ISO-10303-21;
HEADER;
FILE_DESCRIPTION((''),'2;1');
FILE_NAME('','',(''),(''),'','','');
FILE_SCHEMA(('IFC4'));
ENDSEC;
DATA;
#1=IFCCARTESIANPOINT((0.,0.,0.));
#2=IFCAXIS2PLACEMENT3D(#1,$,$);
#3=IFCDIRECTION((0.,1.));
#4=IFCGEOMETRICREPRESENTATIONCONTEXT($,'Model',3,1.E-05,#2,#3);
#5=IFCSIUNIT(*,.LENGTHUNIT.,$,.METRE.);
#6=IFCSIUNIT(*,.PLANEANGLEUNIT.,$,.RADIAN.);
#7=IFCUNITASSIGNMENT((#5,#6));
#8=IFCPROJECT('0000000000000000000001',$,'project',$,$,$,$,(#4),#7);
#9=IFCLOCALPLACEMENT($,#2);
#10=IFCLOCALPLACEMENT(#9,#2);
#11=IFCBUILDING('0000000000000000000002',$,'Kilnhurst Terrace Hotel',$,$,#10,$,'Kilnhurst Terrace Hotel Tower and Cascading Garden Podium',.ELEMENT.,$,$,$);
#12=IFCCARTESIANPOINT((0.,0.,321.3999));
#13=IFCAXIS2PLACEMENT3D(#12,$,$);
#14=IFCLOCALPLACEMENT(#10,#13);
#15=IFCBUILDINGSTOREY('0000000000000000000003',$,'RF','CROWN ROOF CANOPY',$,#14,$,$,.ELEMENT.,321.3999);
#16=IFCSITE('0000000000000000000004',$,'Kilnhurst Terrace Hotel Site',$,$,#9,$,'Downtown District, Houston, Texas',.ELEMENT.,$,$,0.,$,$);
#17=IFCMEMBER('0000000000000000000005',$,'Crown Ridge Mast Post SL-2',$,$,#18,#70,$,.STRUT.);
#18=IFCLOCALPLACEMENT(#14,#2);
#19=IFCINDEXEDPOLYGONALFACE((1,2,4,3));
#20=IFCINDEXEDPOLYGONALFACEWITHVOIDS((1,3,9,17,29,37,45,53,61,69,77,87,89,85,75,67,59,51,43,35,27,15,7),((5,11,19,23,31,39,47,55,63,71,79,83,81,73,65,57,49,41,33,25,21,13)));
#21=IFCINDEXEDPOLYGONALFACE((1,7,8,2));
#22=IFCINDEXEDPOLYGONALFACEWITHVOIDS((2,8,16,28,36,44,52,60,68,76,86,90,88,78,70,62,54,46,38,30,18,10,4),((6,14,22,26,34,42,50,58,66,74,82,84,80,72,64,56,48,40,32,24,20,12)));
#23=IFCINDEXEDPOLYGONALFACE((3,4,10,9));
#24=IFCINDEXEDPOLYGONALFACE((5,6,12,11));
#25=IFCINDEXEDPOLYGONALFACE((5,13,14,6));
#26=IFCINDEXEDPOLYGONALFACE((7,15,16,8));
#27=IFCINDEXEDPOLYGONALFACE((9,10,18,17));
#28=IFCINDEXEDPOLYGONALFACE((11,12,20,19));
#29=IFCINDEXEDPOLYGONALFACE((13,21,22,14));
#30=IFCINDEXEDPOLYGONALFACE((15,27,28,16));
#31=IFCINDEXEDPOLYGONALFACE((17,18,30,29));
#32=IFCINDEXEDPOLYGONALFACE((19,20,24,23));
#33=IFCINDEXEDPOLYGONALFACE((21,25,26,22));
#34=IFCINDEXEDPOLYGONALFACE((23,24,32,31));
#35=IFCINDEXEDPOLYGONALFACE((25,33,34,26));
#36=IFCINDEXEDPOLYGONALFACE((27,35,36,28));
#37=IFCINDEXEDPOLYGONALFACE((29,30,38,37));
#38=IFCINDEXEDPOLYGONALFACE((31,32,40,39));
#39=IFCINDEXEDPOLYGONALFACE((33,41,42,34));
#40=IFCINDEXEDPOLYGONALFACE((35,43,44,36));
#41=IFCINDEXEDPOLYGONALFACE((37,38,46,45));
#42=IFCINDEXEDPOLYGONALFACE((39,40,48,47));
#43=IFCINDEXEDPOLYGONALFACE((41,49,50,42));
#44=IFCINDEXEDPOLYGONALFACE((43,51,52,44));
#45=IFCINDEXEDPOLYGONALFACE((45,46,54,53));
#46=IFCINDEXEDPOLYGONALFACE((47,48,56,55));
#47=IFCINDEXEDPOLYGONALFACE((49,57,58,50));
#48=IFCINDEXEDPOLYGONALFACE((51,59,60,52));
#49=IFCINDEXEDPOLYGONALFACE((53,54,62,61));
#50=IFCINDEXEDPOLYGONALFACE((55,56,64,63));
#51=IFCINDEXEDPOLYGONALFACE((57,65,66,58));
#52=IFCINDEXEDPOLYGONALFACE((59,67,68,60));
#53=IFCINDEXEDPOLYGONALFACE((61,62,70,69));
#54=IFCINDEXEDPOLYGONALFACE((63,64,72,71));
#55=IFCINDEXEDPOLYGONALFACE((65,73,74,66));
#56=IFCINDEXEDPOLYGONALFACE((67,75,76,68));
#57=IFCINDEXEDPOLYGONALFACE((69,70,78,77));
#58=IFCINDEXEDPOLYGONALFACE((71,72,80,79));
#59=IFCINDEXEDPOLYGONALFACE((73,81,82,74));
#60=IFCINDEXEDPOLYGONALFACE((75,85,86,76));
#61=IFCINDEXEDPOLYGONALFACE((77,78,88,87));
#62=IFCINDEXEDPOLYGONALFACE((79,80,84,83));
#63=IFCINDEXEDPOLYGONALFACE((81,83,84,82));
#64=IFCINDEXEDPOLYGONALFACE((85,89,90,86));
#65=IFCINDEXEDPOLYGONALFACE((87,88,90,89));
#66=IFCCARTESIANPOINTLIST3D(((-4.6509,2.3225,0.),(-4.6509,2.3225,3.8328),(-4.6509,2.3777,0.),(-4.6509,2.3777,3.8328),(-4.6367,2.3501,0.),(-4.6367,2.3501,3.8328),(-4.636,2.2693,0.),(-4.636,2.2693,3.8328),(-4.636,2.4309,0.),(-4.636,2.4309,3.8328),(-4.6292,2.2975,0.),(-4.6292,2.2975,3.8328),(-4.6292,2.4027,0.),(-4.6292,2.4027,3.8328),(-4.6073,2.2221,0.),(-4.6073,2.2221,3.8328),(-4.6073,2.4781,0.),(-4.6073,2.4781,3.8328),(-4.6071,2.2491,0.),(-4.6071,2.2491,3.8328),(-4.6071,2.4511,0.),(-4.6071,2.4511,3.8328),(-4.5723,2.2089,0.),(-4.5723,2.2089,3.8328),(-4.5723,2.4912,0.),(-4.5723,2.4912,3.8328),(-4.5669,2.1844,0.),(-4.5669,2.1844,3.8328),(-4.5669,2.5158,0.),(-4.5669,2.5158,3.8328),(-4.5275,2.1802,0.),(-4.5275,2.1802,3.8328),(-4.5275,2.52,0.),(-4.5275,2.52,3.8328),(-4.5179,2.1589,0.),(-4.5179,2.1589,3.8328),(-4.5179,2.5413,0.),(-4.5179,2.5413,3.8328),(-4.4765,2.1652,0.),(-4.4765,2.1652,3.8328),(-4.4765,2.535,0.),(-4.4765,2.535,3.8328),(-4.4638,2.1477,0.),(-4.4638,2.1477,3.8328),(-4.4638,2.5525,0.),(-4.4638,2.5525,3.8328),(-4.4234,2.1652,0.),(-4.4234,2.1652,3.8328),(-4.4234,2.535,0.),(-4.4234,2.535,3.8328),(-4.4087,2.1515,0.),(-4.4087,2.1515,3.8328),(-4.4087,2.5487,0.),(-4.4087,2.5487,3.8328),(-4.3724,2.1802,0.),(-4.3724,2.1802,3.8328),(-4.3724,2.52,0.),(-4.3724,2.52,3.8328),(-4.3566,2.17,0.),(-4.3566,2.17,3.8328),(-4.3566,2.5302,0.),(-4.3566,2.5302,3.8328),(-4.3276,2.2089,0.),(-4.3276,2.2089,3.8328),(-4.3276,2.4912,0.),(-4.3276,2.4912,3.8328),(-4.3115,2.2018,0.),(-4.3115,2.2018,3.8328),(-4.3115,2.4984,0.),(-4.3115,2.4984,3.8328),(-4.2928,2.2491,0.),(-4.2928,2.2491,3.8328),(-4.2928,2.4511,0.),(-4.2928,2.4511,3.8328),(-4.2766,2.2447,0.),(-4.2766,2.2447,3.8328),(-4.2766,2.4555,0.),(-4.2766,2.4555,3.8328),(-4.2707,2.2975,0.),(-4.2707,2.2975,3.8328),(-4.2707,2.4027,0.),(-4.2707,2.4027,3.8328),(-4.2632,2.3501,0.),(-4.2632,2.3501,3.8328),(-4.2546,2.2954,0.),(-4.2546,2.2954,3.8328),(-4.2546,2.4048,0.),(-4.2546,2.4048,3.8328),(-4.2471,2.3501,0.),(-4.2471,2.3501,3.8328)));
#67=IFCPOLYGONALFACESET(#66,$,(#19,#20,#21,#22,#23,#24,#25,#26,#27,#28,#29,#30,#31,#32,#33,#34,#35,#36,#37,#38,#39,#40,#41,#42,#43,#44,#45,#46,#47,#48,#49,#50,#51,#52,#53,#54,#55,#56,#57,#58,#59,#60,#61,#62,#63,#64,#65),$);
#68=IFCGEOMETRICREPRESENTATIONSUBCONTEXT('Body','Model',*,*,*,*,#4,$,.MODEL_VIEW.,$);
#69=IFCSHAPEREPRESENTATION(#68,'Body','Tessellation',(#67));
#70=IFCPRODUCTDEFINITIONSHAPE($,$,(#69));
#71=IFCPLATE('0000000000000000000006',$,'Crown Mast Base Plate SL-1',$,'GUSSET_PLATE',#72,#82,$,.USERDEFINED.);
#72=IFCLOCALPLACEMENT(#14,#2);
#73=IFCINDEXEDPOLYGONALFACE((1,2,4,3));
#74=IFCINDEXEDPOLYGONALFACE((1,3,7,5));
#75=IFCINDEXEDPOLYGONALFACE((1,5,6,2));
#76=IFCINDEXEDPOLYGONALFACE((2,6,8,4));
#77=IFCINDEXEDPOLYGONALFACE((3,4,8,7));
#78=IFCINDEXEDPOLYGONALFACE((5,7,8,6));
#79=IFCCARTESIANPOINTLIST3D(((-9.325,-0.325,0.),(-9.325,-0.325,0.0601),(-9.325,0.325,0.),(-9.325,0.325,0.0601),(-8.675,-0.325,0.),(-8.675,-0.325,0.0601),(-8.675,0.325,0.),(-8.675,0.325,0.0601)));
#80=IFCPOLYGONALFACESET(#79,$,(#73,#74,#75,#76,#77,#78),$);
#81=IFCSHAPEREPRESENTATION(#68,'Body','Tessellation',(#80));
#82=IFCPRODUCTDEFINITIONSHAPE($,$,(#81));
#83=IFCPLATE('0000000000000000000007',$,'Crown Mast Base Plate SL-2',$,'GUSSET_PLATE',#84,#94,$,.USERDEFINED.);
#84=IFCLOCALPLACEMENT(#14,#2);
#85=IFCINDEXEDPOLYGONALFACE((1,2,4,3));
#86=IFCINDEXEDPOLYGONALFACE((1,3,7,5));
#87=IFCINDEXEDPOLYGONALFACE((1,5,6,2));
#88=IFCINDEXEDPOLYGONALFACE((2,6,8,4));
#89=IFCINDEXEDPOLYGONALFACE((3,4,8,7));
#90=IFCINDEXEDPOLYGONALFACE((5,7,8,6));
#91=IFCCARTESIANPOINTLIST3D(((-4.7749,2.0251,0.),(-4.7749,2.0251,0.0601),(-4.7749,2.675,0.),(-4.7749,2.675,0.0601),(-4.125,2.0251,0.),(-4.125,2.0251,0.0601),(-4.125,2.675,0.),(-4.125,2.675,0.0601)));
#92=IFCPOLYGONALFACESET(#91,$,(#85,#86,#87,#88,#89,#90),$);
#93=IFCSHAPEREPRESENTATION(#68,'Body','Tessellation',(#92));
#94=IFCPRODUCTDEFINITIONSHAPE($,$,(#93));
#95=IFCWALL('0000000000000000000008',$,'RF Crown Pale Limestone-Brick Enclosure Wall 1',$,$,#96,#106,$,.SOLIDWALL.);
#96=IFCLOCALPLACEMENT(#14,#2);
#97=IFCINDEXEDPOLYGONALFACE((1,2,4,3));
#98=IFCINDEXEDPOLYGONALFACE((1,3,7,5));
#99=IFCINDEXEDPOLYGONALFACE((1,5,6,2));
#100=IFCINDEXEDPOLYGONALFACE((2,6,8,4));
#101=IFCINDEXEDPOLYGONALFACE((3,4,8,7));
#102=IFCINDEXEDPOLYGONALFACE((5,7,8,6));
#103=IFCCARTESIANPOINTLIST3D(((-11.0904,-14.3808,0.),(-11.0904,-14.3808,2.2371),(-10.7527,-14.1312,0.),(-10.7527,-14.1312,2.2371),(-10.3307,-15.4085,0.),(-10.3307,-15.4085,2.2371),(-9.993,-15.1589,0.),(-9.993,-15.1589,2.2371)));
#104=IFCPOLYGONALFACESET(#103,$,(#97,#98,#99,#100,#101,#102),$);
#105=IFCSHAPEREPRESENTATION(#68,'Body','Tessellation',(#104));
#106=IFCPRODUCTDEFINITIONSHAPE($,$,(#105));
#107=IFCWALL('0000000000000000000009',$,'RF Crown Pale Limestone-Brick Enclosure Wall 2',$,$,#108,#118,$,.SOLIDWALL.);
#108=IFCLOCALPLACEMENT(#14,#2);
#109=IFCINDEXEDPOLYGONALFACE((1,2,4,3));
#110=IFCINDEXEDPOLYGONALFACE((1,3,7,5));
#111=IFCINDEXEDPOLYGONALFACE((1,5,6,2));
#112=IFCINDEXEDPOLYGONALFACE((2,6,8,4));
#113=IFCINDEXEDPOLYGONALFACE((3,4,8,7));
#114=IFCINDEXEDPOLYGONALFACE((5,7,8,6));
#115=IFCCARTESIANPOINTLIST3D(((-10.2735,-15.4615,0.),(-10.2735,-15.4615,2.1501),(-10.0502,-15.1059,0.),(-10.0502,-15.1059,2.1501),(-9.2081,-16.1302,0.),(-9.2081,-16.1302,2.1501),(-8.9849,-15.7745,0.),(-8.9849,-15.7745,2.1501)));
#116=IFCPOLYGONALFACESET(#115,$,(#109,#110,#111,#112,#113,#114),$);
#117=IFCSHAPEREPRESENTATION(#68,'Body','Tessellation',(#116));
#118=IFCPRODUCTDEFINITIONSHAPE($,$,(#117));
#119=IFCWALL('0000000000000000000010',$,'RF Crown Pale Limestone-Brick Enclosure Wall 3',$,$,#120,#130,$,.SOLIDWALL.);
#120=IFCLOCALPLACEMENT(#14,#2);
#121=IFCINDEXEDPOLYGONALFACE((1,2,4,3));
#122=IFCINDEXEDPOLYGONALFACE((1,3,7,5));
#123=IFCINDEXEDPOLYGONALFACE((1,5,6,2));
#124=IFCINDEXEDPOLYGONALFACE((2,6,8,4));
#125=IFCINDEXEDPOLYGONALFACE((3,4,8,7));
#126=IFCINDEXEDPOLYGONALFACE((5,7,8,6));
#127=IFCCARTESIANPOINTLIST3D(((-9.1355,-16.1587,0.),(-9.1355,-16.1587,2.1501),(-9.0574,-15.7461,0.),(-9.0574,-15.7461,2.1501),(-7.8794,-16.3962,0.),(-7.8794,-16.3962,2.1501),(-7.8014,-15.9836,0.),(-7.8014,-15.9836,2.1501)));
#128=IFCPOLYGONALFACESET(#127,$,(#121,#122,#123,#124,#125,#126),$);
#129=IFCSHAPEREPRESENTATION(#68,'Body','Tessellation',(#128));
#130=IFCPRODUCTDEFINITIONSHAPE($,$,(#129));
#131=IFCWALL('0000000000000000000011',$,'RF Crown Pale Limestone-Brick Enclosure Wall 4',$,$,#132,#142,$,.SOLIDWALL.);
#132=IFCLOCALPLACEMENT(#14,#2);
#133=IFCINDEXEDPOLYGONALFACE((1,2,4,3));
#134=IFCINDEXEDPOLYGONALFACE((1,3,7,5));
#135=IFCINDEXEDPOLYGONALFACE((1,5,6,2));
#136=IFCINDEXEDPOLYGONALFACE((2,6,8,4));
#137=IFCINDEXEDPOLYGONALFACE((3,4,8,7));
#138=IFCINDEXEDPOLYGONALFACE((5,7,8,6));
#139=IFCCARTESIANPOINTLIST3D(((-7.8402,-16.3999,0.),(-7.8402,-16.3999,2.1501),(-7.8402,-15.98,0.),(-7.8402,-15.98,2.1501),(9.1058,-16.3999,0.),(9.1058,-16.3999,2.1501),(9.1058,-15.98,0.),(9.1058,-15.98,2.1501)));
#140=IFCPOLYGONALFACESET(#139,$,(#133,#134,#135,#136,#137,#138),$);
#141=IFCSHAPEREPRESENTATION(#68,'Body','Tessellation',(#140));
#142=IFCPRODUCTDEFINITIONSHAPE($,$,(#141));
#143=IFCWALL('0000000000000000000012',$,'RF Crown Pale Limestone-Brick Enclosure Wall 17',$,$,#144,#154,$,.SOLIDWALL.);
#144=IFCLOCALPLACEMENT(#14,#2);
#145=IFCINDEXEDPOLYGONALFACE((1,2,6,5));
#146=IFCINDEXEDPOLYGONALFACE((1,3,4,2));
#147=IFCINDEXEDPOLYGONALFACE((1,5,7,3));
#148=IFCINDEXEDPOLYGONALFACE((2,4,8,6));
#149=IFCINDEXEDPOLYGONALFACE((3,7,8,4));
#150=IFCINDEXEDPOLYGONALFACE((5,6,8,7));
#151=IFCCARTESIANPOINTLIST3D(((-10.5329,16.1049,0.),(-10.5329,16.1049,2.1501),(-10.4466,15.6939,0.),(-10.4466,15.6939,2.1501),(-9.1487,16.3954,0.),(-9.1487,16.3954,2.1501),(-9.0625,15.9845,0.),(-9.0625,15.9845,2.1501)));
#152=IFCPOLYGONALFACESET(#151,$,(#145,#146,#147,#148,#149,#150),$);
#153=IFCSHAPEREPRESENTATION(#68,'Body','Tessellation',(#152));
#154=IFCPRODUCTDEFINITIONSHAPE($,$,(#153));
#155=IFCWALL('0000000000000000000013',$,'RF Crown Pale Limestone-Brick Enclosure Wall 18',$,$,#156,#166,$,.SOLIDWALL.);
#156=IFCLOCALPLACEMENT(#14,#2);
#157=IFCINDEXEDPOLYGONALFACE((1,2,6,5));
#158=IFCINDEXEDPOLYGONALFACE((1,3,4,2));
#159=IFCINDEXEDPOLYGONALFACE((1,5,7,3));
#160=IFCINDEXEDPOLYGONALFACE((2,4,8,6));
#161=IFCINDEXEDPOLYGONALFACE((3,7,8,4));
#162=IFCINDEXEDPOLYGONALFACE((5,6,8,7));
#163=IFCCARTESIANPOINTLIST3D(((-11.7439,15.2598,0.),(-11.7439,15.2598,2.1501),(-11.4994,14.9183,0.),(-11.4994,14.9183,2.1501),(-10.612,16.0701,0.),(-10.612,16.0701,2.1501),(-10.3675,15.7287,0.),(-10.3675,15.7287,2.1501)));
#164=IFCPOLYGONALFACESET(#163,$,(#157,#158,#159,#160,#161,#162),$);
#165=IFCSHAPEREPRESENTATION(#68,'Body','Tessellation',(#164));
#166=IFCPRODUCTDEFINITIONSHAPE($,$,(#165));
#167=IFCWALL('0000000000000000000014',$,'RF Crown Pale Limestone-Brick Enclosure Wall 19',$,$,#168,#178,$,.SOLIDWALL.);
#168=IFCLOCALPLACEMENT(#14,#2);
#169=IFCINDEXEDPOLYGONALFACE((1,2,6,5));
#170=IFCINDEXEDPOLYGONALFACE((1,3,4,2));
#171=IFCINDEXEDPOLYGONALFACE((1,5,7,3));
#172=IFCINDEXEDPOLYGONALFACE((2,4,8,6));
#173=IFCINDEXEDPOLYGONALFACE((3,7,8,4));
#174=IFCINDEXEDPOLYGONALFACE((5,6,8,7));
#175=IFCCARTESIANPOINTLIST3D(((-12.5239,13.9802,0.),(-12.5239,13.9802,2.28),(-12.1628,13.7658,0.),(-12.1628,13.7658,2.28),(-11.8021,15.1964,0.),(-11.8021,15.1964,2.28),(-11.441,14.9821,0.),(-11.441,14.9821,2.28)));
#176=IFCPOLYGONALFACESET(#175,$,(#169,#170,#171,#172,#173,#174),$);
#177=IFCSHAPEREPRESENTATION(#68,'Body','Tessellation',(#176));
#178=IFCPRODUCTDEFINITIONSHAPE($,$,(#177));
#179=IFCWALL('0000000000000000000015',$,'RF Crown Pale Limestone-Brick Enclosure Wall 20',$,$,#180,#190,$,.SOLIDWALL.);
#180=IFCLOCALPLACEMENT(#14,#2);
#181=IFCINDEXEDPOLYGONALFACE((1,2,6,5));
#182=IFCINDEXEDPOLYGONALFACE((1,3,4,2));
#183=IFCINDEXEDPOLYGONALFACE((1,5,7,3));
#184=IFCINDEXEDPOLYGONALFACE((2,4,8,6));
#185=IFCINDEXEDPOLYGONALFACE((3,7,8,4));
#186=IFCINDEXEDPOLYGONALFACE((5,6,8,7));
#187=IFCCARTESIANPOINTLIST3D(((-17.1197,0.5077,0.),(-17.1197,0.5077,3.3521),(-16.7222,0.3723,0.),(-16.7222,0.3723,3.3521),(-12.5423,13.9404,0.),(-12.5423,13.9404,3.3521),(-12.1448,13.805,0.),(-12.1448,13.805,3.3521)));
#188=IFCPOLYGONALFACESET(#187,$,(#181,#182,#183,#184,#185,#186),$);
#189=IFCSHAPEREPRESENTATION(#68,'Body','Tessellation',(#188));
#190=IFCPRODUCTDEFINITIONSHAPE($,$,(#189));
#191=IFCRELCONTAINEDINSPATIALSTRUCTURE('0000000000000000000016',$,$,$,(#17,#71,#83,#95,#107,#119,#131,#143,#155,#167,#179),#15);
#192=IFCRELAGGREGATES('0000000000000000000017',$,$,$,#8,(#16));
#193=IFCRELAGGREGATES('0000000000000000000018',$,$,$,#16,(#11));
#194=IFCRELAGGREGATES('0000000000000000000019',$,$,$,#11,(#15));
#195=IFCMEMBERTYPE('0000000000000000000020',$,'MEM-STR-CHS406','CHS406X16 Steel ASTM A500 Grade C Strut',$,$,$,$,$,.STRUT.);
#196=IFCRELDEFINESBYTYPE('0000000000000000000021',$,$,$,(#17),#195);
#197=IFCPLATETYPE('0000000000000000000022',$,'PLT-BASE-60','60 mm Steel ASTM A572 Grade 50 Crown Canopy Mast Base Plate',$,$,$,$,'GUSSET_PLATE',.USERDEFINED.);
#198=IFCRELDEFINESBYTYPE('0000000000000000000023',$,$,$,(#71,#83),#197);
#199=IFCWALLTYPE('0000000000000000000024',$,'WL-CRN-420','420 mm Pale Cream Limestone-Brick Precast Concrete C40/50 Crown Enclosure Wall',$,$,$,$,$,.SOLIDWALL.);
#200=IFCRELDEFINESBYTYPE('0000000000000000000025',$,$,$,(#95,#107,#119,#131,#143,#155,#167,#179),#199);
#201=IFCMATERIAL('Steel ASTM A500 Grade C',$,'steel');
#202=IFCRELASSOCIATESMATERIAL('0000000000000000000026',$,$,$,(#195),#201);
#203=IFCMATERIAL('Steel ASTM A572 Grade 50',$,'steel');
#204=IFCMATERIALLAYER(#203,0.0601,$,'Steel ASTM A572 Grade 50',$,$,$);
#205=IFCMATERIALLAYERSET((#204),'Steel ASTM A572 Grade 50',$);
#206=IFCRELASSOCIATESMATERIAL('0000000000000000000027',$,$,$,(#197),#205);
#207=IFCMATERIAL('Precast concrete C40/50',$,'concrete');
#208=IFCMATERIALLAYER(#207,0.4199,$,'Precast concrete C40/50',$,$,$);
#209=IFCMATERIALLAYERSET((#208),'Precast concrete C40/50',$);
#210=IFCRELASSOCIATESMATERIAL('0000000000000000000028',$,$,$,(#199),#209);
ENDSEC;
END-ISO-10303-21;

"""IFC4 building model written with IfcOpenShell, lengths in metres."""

from ifc_helpers import new_model, si_unit, direction, frame, frame_2d, origin, origin_2d, place, context, subcontext, project, spatial, rectangle, hollow_circle, extrude, material, layer, layer_set, material_profile, profile_set, type_object, element, save


model = new_model("IFC4")

# Units and contexts
model_context = context("Model", 3, precision=1e-05, world=origin(), true_north=direction((0.0, 1.0)))
body_context = subcontext(model_context, "Body", "Model", "MODEL_VIEW")
ifc_project = project(units=[si_unit("LENGTHUNIT", "METRE"), si_unit("PLANEANGLEUNIT", "RADIAN")], contexts=[model_context])

# Site, building, storey
site_placement = place(None, origin())
site = spatial("IfcSite", under=ifc_project, at=site_placement, Name="Kilnhurst Terrace Hotel Site", LongName="Downtown District, Houston, Texas", CompositionType="ELEMENT", RefElevation=0.0)
building_placement = place(site_placement, origin())
building = spatial("IfcBuilding", under=site, at=building_placement, Name="Kilnhurst Terrace Hotel", LongName="Kilnhurst Terrace Hotel Tower and Cascading Garden Podium", CompositionType="ELEMENT")
storey_placement = place(building_placement, frame((0.0, 0.0, 321.3999)))
storey = spatial("IfcBuildingStorey", under=building, at=storey_placement, Name="RF", Description="CROWN ROOF CANOPY", CompositionType="ELEMENT", Elevation=321.3999)

# Member
ifc_material_1 = material(Name="Steel ASTM A500 Grade C", Category="steel")
ifc_material_profile_1 = material_profile(ifc_material_1, hollow_circle(Radius=0.2029, WallThickness=0.0161, at=origin_2d()), Name="CHS406X16")
ifc_profile_set_1 = profile_set([ifc_material_profile_1], Name="Steel ASTM A500 Grade C")
member_type_1 = type_object("IfcMemberType", Name="MEM-STR-CHS406", Description="CHS406X16 Steel ASTM A500 Grade C Strut", PredefinedType="STRUT", material=ifc_profile_set_1)
member_1_placement = place(storey_placement, frame((-4.45, 2.3501, 0.0), z_axis=(0.0, 0.0, 1.0), x_axis=(1.0, 0.0, 0.0)))
element("IfcMember", 1, at=member_1_placement, inside=storey, type_object=member_type_1, Name="Crown Ridge Mast Post SL-2", PredefinedType="STRUT", context=body_context, shape_type="SweptSolid", body=[
    extrude(hollow_circle(Radius=0.2029, WallThickness=0.0161, at=origin_2d()), origin(), (0.0, 0.0, 1.0), 3.8328),
])

# Plates
ifc_material_2 = material(Name="Steel ASTM A572 Grade 50", Category="steel")
ifc_layer_1 = layer(ifc_material_2, 0.0601, Name="Steel ASTM A572 Grade 50")
ifc_layer_set_1 = layer_set([ifc_layer_1], Name="Steel ASTM A572 Grade 50")
plate_type = type_object("IfcPlateType", Name="PLT-BASE-60", Description="60 mm Steel ASTM A572 Grade 50 Crown Canopy Mast Base Plate", ElementType="GUSSET_PLATE", PredefinedType="USERDEFINED", material=ifc_layer_set_1)
for number, where, z_axis, x_axis, name in (
    (2, (-9.0, 0.0, 0.0), (0.0, 0.0, 1.0), (1.0, 0.0, 0.0), "Crown Mast Base Plate SL-1"),
    (3, (-4.45, 2.3501, 0.0), (0.0, 0.0, 1.0), (1.0, 0.0, 0.0), "Crown Mast Base Plate SL-2"),
):
    element("IfcPlate", number, at=place(storey_placement, frame(where, z_axis=z_axis, x_axis=x_axis)), inside=storey, type_object=plate_type, Name=name, ObjectType="GUSSET_PLATE", PredefinedType="USERDEFINED", context=body_context, shape_type="SweptSolid", body=[
        extrude(rectangle(XDim=0.6499, YDim=0.6499, at=origin_2d()), origin(), (0.0, 0.0, 1.0), 0.0601),
    ])

# Shared definitions
ifc_material_3 = material(Name="Precast concrete C40/50", Category="concrete")

# Walls
ifc_layer_2 = layer(ifc_material_3, 0.4199, Name="Precast concrete C40/50")
ifc_layer_set_2 = layer_set([ifc_layer_2], Name="Precast concrete C40/50")
wall_type = type_object("IfcWallType", Name="WL-CRN-420", Description="420 mm Pale Cream Limestone-Brick Precast Concrete C40/50 Crown Enclosure Wall", PredefinedType="SOLIDWALL", material=ifc_layer_set_2)
wall_1_placement = place(storey_placement, frame((-10.9216, -14.2559, 0.0), z_axis=(0.0, 0.0, 1.0), x_axis=(0.594423, -0.804152, 0.0)))
element("IfcWall", 4, at=wall_1_placement, inside=storey, type_object=wall_type, Name="RF Crown Pale Limestone-Brick Enclosure Wall 1", PredefinedType="SOLIDWALL", context=body_context, shape_type="SweptSolid", body=[
    extrude(rectangle(XDim=1.2781, YDim=0.4199, at=frame_2d((0.6392, 0.0))), origin(), (0.0, 0.0, 1.0), 2.2371),
])
wall_2_placement = place(storey_placement, frame((-10.1619, -15.2837, 0.0), z_axis=(0.0, 0.0, 1.0), x_axis=(0.846994, -0.531603, 0.0)))
element("IfcWall", 5, at=wall_2_placement, inside=storey, type_object=wall_type, Name="RF Crown Pale Limestone-Brick Enclosure Wall 2", PredefinedType="SOLIDWALL", context=body_context, shape_type="SweptSolid", body=[
    extrude(rectangle(XDim=1.2578, YDim=0.4199, at=frame_2d((0.6289, 0.0))), origin(), (0.0, 0.0, 1.0), 2.1501),
])
wall_3_placement = place(storey_placement, frame((-9.0964, -15.9524, 0.0), z_axis=(0.0, 0.0, 1.0), x_axis=(0.982583, -0.185822, 0.0)))
element("IfcWall", 6, at=wall_3_placement, inside=storey, type_object=wall_type, Name="RF Crown Pale Limestone-Brick Enclosure Wall 3", PredefinedType="SOLIDWALL", context=body_context, shape_type="SweptSolid", body=[
    extrude(rectangle(XDim=1.2783, YDim=0.4199, at=frame_2d((0.6392, 0.0))), origin(), (0.0, 0.0, 1.0), 2.1501),
])
wall_4_placement = place(storey_placement, frame((-7.8403, -16.1899, 0.0), z_axis=(0.0, 0.0, 1.0), x_axis=(1.0, 0.0, 0.0)))
element("IfcWall", 7, at=wall_4_placement, inside=storey, type_object=wall_type, Name="RF Crown Pale Limestone-Brick Enclosure Wall 4", PredefinedType="SOLIDWALL", context=body_context, shape_type="SweptSolid", body=[
    extrude(rectangle(XDim=16.946, YDim=0.4199, at=frame_2d((8.4731, 0.0))), origin(), (0.0, 0.0, 1.0), 2.1501),
])
wall_5_placement = place(storey_placement, frame((-9.1057, 16.1899, 0.0), z_axis=(0.0, 0.0, 1.0), x_axis=(-0.978671, -0.205436, 0.0)))
element("IfcWall", 8, at=wall_5_placement, inside=storey, type_object=wall_type, Name="RF Crown Pale Limestone-Brick Enclosure Wall 17", PredefinedType="SOLIDWALL", context=body_context, shape_type="SweptSolid", body=[
    extrude(rectangle(XDim=1.4143, YDim=0.4199, at=frame_2d((0.707, 0.0))), origin(), (0.0, 0.0, 1.0), 2.1501),
])
wall_6_placement = place(storey_placement, frame((-10.4897, 15.8994, 0.0), z_axis=(0.0, 0.0, 1.0), x_axis=(-0.813105, -0.582117, 0.0)))
element("IfcWall", 9, at=wall_6_placement, inside=storey, type_object=wall_type, Name="RF Crown Pale Limestone-Brick Enclosure Wall 18", PredefinedType="SOLIDWALL", context=body_context, shape_type="SweptSolid", body=[
    extrude(rectangle(XDim=1.3921, YDim=0.4199, at=frame_2d((0.696, 0.0))), origin(), (0.0, 0.0, 1.0), 2.1501),
])
wall_7_placement = place(storey_placement, frame((-11.6216, 15.0891, 0.0), z_axis=(0.0, 0.0, 1.0), x_axis=(-0.510403, -0.859935, 0.0)))
element("IfcWall", 10, at=wall_7_placement, inside=storey, type_object=wall_type, Name="RF Crown Pale Limestone-Brick Enclosure Wall 19", PredefinedType="SOLIDWALL", context=body_context, shape_type="SweptSolid", body=[
    extrude(rectangle(XDim=1.4143, YDim=0.4199, at=frame_2d((0.707, 0.0))), origin(), (0.0, 0.0, 1.0), 2.28),
])
wall_8_placement = place(storey_placement, frame((-12.3435, 13.8728, 0.0), z_axis=(0.0, 0.0, 1.0), x_axis=(-0.322553, -0.946551, 0.0)))
element("IfcWall", 11, at=wall_8_placement, inside=storey, type_object=wall_type, Name="RF Crown Pale Limestone-Brick Enclosure Wall 20", PredefinedType="SOLIDWALL", context=body_context, shape_type="SweptSolid", body=[
    extrude(rectangle(XDim=14.1912, YDim=0.4199, at=frame_2d((7.0957, 0.0))), origin(), (0.0, 0.0, 1.0), 3.3521),
])

save(model, "model.ifc")
